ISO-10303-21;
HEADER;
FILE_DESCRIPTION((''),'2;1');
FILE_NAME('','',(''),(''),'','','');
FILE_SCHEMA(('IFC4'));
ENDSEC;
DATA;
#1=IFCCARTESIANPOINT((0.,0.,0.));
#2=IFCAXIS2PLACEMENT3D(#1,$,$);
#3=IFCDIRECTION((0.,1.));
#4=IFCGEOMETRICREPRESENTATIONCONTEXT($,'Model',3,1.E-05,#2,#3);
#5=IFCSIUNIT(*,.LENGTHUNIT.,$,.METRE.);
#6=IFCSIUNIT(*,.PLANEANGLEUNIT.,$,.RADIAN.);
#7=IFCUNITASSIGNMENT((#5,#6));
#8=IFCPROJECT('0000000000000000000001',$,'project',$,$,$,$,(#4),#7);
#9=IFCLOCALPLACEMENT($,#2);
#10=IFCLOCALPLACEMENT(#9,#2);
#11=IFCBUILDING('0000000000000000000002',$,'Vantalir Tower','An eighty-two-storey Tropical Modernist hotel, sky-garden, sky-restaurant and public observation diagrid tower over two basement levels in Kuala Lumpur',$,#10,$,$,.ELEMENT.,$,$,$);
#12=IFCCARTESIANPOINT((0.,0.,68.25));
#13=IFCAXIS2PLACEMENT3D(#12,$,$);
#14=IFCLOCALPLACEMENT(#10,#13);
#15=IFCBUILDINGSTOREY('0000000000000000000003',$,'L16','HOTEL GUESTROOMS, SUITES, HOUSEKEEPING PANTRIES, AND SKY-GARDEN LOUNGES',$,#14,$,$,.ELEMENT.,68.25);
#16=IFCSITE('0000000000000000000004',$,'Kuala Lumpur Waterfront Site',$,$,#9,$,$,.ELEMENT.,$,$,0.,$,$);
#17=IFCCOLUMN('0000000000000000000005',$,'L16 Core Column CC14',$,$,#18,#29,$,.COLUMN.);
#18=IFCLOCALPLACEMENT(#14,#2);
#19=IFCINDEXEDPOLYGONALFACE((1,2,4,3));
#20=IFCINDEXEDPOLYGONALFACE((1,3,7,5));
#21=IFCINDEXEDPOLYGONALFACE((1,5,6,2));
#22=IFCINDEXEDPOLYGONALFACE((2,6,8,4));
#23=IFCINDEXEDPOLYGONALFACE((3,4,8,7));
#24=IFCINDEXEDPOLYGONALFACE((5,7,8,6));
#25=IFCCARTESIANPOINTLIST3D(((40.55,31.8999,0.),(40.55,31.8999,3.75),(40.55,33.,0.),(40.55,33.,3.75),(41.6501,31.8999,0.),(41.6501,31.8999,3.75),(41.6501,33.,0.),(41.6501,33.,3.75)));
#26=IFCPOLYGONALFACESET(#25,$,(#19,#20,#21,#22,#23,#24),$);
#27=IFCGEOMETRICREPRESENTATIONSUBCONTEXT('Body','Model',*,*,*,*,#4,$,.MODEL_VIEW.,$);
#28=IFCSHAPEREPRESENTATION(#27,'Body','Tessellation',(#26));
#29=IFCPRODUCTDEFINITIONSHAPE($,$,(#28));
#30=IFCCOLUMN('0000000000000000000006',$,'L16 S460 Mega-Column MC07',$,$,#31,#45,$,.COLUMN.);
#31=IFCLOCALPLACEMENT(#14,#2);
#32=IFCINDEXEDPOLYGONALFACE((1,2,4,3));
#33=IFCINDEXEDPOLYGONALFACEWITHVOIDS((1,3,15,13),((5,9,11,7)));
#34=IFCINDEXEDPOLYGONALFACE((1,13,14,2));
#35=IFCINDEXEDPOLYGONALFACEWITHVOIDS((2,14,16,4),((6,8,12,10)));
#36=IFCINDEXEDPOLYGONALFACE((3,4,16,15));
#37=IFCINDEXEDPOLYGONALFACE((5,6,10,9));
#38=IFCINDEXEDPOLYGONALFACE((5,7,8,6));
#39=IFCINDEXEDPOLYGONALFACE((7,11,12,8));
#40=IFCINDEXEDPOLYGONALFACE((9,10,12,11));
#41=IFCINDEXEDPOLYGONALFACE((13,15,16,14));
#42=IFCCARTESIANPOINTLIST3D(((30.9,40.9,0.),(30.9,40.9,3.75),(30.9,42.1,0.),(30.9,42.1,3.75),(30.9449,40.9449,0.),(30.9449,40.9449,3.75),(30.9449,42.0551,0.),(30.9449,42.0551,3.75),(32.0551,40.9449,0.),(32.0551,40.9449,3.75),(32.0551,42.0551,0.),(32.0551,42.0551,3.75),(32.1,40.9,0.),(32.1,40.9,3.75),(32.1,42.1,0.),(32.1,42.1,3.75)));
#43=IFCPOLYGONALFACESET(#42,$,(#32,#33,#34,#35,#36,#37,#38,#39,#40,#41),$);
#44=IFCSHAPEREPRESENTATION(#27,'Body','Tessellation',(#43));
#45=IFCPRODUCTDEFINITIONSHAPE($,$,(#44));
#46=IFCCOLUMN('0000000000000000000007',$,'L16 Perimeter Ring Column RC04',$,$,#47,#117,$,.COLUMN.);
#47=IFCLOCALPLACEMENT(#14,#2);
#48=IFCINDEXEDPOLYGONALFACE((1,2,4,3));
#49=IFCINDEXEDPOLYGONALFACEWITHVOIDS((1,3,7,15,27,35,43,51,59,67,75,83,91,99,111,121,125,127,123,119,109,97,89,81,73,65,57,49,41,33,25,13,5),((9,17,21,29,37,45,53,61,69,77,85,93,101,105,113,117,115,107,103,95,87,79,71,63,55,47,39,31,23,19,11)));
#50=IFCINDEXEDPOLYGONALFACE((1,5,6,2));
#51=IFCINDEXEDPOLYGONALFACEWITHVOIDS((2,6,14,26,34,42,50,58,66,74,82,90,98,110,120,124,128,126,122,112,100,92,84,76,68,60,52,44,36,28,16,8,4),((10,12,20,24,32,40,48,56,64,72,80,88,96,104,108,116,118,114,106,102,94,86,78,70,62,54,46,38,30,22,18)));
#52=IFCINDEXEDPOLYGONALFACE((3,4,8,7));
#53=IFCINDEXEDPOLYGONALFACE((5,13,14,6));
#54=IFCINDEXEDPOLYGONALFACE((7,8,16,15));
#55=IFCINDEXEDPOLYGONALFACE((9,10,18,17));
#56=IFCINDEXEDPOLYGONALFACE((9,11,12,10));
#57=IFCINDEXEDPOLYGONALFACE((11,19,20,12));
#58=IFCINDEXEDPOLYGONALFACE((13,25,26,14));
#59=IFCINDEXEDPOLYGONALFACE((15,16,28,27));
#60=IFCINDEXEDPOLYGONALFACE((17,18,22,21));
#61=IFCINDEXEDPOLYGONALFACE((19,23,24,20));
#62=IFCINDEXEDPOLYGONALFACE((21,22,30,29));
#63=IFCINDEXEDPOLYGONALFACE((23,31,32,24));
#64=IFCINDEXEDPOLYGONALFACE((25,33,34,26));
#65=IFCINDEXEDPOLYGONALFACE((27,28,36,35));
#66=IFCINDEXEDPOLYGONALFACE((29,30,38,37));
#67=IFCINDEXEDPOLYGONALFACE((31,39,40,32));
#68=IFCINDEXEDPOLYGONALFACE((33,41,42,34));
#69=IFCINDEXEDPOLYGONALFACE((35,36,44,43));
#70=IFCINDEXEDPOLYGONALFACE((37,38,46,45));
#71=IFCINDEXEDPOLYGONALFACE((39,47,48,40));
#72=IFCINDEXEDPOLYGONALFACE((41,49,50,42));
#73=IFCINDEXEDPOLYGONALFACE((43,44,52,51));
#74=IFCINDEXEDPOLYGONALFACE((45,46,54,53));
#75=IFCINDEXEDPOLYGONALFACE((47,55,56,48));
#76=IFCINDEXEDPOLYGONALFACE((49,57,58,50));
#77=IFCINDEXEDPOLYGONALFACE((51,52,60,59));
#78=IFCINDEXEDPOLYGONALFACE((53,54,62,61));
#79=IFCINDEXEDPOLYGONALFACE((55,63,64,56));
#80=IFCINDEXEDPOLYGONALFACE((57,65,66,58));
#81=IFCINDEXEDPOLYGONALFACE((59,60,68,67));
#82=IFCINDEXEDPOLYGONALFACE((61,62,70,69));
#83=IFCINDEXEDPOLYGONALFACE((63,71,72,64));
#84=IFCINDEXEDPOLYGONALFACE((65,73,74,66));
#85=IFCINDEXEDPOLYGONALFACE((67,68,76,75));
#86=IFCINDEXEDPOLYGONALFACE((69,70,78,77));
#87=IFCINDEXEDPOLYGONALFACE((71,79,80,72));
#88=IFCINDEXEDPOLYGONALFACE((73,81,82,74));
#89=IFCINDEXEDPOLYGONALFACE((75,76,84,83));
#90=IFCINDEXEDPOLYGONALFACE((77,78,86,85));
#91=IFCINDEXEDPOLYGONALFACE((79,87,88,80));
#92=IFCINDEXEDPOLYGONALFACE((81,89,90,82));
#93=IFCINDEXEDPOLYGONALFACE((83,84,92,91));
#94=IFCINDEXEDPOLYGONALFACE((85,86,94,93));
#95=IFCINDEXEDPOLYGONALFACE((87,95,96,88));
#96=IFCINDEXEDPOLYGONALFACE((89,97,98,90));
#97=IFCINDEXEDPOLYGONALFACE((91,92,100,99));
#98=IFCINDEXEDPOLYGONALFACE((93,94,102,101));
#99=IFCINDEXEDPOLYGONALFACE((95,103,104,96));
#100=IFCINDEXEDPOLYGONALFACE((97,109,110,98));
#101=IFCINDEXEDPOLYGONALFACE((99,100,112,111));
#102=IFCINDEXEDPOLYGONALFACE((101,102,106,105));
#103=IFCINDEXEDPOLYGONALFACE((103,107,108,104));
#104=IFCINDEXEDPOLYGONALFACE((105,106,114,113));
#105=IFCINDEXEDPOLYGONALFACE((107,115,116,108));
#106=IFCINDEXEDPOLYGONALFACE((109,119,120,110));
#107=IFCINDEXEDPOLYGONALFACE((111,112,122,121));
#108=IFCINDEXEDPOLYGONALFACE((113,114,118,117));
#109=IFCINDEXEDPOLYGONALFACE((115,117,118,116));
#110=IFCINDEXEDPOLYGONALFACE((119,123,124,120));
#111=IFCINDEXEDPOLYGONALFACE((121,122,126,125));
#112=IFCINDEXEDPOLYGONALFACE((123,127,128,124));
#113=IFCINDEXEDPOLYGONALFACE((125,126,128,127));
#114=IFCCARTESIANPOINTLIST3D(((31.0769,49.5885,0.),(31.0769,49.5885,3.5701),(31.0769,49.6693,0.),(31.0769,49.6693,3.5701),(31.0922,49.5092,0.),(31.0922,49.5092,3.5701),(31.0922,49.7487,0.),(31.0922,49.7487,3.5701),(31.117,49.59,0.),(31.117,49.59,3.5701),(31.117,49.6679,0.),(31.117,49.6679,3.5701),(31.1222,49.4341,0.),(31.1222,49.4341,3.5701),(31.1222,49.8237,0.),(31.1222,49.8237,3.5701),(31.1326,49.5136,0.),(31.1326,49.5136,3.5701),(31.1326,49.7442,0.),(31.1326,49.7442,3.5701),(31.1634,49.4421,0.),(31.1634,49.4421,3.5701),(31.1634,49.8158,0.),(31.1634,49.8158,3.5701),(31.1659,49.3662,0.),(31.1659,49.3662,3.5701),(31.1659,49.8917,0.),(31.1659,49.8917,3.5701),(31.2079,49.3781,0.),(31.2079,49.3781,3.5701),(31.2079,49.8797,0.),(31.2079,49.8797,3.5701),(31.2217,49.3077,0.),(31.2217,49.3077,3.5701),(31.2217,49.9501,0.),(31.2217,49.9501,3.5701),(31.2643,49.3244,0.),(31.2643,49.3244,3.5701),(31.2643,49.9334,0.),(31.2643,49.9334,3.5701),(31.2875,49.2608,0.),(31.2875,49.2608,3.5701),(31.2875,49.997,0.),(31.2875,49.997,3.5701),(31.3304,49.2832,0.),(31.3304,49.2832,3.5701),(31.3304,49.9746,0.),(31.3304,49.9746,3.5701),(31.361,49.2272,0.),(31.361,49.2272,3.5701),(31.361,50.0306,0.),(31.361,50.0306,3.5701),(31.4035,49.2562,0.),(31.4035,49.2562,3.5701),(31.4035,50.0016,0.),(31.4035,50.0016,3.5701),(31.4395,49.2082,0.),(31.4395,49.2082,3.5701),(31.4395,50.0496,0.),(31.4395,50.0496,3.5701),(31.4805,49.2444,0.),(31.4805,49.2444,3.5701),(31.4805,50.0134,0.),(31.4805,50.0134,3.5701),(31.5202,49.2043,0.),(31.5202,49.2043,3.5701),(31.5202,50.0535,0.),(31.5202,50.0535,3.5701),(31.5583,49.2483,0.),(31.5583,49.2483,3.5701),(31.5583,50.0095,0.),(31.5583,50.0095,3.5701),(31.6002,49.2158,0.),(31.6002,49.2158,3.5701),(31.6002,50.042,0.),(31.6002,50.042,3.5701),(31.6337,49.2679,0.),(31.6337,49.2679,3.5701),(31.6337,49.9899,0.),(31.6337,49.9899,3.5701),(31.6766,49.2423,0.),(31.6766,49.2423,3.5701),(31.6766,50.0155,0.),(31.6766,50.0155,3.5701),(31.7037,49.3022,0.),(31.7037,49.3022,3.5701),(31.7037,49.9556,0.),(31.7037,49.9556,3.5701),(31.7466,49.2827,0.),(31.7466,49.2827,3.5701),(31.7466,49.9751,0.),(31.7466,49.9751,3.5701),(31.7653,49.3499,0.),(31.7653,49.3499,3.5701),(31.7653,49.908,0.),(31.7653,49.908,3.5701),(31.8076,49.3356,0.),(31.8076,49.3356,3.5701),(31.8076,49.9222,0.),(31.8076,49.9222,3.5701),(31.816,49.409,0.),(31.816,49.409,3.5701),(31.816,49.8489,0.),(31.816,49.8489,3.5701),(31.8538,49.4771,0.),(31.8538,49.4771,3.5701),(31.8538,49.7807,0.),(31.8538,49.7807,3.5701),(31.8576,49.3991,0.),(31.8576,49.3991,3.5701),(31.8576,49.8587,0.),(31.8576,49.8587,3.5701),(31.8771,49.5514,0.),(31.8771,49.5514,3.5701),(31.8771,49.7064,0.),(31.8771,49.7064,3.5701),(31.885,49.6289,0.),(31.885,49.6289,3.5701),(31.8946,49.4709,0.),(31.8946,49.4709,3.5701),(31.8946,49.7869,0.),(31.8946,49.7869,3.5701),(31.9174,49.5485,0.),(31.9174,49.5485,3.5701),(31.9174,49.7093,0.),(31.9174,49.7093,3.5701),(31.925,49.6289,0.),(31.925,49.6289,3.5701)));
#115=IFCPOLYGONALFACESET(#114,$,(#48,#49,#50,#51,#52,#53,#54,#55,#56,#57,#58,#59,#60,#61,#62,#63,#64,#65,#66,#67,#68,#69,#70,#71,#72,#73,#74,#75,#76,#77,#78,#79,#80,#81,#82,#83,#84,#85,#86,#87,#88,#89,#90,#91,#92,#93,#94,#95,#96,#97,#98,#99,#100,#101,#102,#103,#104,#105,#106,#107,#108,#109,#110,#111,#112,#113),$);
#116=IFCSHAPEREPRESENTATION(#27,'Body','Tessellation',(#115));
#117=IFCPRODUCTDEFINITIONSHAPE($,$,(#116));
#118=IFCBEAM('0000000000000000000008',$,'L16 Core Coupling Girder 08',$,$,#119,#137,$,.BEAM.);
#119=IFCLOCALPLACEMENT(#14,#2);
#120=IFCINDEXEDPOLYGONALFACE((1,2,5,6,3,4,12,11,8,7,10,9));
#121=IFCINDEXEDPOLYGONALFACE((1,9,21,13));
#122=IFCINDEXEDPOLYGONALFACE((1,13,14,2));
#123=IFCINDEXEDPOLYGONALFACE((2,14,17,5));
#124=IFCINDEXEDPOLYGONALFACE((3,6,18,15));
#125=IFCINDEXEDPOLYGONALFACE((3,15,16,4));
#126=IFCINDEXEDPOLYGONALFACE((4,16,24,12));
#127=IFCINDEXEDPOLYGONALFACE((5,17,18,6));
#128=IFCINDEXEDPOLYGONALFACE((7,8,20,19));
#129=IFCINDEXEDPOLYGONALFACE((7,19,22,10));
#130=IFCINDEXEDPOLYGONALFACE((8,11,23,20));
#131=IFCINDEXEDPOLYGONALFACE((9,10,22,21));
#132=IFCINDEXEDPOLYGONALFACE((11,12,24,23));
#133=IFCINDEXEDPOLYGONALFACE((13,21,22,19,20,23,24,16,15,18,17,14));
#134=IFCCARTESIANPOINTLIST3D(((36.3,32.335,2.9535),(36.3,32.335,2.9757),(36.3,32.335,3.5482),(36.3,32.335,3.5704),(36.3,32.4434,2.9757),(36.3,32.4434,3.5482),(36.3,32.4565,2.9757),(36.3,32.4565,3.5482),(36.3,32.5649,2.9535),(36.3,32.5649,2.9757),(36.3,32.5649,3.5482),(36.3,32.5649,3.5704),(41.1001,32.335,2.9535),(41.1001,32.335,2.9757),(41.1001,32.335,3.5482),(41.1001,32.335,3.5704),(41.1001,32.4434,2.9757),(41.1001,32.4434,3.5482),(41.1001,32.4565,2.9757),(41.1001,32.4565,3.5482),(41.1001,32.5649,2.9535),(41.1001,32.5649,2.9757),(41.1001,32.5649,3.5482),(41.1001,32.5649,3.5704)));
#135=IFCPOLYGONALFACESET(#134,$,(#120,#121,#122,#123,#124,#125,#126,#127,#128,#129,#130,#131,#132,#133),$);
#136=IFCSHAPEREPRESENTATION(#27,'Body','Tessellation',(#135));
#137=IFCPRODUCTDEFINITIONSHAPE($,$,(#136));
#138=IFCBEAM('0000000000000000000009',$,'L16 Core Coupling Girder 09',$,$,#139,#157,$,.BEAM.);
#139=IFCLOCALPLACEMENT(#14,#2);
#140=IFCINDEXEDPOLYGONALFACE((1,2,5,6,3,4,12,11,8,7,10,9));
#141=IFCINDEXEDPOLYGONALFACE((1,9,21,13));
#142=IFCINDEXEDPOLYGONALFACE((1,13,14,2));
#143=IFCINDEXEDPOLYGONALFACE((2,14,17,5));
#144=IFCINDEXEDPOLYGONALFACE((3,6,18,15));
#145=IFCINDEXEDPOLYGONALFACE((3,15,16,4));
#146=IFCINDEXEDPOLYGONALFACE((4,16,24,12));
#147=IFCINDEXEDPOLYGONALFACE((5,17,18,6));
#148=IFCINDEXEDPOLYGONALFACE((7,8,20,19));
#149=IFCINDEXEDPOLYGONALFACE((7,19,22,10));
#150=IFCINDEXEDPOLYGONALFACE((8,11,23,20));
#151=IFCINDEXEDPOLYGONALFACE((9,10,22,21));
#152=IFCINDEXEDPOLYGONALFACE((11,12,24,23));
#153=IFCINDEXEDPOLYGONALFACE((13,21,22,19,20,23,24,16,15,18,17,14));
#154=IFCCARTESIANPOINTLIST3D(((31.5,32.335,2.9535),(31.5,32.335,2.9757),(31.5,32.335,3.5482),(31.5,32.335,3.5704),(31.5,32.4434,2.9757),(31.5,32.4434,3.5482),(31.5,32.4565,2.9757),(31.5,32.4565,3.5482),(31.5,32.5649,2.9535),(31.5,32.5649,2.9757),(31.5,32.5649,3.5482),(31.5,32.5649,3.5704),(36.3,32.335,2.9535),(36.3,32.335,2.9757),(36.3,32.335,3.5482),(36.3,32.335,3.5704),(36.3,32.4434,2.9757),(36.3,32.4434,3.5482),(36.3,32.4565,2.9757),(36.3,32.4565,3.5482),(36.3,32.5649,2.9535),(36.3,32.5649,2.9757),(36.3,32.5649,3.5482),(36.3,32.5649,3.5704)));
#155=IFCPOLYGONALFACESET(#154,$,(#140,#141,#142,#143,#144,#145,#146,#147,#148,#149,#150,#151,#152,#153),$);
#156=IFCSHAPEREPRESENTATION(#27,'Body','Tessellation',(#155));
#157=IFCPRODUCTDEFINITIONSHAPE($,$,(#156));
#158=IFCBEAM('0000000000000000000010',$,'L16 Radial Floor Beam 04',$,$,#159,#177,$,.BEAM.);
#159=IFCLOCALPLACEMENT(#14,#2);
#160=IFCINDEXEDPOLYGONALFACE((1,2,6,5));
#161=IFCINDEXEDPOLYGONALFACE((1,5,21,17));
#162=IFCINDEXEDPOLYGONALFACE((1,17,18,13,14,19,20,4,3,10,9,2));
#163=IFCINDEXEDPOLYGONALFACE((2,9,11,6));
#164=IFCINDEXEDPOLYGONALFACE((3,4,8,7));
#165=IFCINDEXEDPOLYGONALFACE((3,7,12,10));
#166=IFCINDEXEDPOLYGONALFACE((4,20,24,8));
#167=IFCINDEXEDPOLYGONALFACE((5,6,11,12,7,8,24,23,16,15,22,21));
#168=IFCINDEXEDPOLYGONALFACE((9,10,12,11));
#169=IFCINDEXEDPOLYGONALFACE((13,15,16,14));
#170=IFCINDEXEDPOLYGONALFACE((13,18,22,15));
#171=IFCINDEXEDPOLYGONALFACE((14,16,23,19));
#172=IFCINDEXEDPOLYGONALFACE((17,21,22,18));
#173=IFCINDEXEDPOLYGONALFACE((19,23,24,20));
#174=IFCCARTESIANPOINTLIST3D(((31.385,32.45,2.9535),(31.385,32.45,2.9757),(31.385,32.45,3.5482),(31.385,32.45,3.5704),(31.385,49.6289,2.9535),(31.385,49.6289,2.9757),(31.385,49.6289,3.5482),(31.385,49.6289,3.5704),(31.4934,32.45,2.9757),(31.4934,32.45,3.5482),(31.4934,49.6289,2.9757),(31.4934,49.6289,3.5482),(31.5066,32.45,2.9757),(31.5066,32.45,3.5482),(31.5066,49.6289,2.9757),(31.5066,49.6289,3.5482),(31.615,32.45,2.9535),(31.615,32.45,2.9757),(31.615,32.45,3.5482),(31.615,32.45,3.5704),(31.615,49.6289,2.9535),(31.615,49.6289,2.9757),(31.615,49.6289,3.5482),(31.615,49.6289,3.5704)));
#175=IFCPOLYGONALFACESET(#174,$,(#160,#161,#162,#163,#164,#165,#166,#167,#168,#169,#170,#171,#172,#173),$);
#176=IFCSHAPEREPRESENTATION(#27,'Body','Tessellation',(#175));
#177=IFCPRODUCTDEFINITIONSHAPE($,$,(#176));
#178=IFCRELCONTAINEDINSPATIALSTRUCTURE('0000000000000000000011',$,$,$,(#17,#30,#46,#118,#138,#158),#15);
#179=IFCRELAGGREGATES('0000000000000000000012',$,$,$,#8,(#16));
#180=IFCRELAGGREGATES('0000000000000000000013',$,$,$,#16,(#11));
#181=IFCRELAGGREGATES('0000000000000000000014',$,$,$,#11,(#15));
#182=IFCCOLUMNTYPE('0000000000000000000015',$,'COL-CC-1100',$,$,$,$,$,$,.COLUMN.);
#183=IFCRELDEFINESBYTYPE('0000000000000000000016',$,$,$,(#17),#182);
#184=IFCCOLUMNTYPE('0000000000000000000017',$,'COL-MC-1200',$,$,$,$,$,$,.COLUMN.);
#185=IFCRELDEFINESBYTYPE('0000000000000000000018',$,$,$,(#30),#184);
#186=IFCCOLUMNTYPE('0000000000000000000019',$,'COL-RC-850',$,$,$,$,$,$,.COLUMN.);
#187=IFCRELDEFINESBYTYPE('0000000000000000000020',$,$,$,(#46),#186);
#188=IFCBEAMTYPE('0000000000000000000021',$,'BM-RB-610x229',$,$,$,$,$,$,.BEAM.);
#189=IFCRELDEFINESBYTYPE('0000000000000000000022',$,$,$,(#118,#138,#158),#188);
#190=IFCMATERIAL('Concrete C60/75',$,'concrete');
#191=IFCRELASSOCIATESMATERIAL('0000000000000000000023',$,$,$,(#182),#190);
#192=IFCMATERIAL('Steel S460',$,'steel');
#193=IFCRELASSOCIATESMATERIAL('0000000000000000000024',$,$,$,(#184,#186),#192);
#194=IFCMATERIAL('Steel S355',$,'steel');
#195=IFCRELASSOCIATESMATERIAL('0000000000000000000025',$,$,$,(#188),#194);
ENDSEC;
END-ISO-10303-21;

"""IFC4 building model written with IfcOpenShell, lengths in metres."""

from ifc_helpers import new_model, si_unit, direction, frame, origin, origin_2d, place, context, subcontext, project, spatial, rectangle, hollow_rectangle, hollow_circle, i_section, extrude, material, material_profile, profile_set, type_object, element, save


model = new_model("IFC4")

# Units and contexts
model_context = context("Model", 3, precision=1e-05, world=origin(), true_north=direction((0.0, 1.0)))
body_context = subcontext(model_context, "Body", "Model", "MODEL_VIEW")
ifc_project = project(units=[si_unit("LENGTHUNIT", "METRE"), si_unit("PLANEANGLEUNIT", "RADIAN")], contexts=[model_context])

# Site, building, storey
site_placement = place(None, origin())
site = spatial("IfcSite", under=ifc_project, at=site_placement, Name="Kuala Lumpur Waterfront Site", CompositionType="ELEMENT", RefElevation=0.0)
building_placement = place(site_placement, origin())
building = spatial("IfcBuilding", under=site, at=building_placement, Name="Vantalir Tower", Description="An eighty-two-storey Tropical Modernist hotel, sky-garden, sky-restaurant and public observation diagrid tower over two basement levels in Kuala Lumpur", CompositionType="ELEMENT")
storey_placement = place(building_placement, frame((0.0, 0.0, 68.25)))
storey = spatial("IfcBuildingStorey", under=building, at=storey_placement, Name="L16", Description="HOTEL GUESTROOMS, SUITES, HOUSEKEEPING PANTRIES, AND SKY-GARDEN LOUNGES", CompositionType="ELEMENT", Elevation=68.25)

# Columns
ifc_material_1 = material(Name="Concrete C60/75", Category="concrete")
ifc_material_profile_1 = material_profile(ifc_material_1, rectangle(XDim=1.1001, YDim=1.1001, at=origin_2d()), Name="Concrete C60/75")
ifc_profile_set_1 = profile_set([ifc_material_profile_1], Name="Concrete C60/75")
column_type_1 = type_object("IfcColumnType", Name="COL-CC-1100", PredefinedType="COLUMN", material=ifc_profile_set_1)
column_1_placement = place(storey_placement, frame((41.1001, 32.45, 0.0), z_axis=(0.0, 0.0, 1.0), x_axis=(1.0, 0.0, 0.0)))
element("IfcColumn", 1, at=column_1_placement, inside=storey, type_object=column_type_1, Name="L16 Core Column CC14", PredefinedType="COLUMN", context=body_context, shape_type="SweptSolid", body=[
    extrude(rectangle(XDim=1.1001, YDim=1.1001, at=origin_2d()), origin(), (0.0, 0.0, 1.0), 3.75),
])
ifc_material_2 = material(Name="Steel S460", Category="steel")
ifc_material_profile_2 = material_profile(ifc_material_2, hollow_rectangle(XDim=1.2, YDim=1.2, WallThickness=0.0449, at=origin_2d()), Name="Steel S460")
ifc_profile_set_2 = profile_set([ifc_material_profile_2], Name="Steel S460")
column_type_2 = type_object("IfcColumnType", Name="COL-MC-1200", PredefinedType="COLUMN", material=ifc_profile_set_2)
column_2_placement = place(storey_placement, frame((31.5, 41.5, 0.0), z_axis=(0.0, 0.0, 1.0), x_axis=(1.0, 0.0, 0.0)))
element("IfcColumn", 2, at=column_2_placement, inside=storey, type_object=column_type_2, Name="L16 S460 Mega-Column MC07", PredefinedType="COLUMN", context=body_context, shape_type="SweptSolid", body=[
    extrude(hollow_rectangle(XDim=1.2, YDim=1.2, WallThickness=0.0449, at=origin_2d()), origin(), (0.0, 0.0, 1.0), 3.75),
])
ifc_material_profile_3 = material_profile(ifc_material_2, hollow_circle(Radius=0.425, WallThickness=0.04, at=origin_2d()), Name="Steel S460")
ifc_profile_set_3 = profile_set([ifc_material_profile_3], Name="Steel S460")
column_type_3 = type_object("IfcColumnType", Name="COL-RC-850", PredefinedType="COLUMN", material=ifc_profile_set_3)
column_3_placement = place(storey_placement, frame((31.5, 49.6289, 0.0), z_axis=(0.0, 0.0, 1.0), x_axis=(1.0, 0.0, 0.0)))
element("IfcColumn", 3, at=column_3_placement, inside=storey, type_object=column_type_3, Name="L16 Perimeter Ring Column RC04", PredefinedType="COLUMN", context=body_context, shape_type="SweptSolid", body=[
    extrude(hollow_circle(Radius=0.425, WallThickness=0.04, at=origin_2d()), origin(), (0.0, 0.0, 1.0), 3.5701),
])

# Beams
ifc_material_3 = material(Name="Steel S355", Category="steel")
ifc_material_profile_4 = material_profile(ifc_material_3, i_section(OverallWidth=0.23, OverallDepth=0.6169, WebThickness=0.0132, FlangeThickness=0.0222, at=origin_2d()), Name="Steel S355")
ifc_profile_set_4 = profile_set([ifc_material_profile_4], Name="Steel S355")
beam_type_1 = type_object("IfcBeamType", Name="BM-RB-610x229", PredefinedType="BEAM", material=ifc_profile_set_4)
for number, where, z_axis, x_axis, name in (
    (4, (41.1001, 32.45, 3.262), (-1.0, 0.0, 0.0), (0.0, -1.0, 0.0), "L16 Core Coupling Girder 08"),
    (5, (36.3, 32.45, 3.262), (-1.0, 0.0, 0.0), (0.0, -1.0, 0.0), "L16 Core Coupling Girder 09"),
):
    element("IfcBeam", number, at=place(storey_placement, frame(where, z_axis=z_axis, x_axis=x_axis)), inside=storey, type_object=beam_type_1, Name=name, PredefinedType="BEAM", context=body_context, shape_type="SweptSolid", body=[
        extrude(i_section(OverallWidth=0.23, OverallDepth=0.6169, WebThickness=0.0132, FlangeThickness=0.0222, at=origin_2d()), origin(), (0.0, 0.0, 1.0), 4.8),
    ])
beam_1_placement = place(storey_placement, frame((31.5, 49.6289, 3.262), z_axis=(0.0, -1.0, 0.0), x_axis=(1.0, 0.0, 0.0)))
element("IfcBeam", 6, at=beam_1_placement, inside=storey, type_object=beam_type_1, Name="L16 Radial Floor Beam 04", PredefinedType="BEAM", context=body_context, shape_type="SweptSolid", body=[
    extrude(i_section(OverallWidth=0.23, OverallDepth=0.6169, WebThickness=0.0132, FlangeThickness=0.0222, at=origin_2d()), origin(), (0.0, 0.0, 1.0), 17.179),
])

save(model, "model.ifc")
